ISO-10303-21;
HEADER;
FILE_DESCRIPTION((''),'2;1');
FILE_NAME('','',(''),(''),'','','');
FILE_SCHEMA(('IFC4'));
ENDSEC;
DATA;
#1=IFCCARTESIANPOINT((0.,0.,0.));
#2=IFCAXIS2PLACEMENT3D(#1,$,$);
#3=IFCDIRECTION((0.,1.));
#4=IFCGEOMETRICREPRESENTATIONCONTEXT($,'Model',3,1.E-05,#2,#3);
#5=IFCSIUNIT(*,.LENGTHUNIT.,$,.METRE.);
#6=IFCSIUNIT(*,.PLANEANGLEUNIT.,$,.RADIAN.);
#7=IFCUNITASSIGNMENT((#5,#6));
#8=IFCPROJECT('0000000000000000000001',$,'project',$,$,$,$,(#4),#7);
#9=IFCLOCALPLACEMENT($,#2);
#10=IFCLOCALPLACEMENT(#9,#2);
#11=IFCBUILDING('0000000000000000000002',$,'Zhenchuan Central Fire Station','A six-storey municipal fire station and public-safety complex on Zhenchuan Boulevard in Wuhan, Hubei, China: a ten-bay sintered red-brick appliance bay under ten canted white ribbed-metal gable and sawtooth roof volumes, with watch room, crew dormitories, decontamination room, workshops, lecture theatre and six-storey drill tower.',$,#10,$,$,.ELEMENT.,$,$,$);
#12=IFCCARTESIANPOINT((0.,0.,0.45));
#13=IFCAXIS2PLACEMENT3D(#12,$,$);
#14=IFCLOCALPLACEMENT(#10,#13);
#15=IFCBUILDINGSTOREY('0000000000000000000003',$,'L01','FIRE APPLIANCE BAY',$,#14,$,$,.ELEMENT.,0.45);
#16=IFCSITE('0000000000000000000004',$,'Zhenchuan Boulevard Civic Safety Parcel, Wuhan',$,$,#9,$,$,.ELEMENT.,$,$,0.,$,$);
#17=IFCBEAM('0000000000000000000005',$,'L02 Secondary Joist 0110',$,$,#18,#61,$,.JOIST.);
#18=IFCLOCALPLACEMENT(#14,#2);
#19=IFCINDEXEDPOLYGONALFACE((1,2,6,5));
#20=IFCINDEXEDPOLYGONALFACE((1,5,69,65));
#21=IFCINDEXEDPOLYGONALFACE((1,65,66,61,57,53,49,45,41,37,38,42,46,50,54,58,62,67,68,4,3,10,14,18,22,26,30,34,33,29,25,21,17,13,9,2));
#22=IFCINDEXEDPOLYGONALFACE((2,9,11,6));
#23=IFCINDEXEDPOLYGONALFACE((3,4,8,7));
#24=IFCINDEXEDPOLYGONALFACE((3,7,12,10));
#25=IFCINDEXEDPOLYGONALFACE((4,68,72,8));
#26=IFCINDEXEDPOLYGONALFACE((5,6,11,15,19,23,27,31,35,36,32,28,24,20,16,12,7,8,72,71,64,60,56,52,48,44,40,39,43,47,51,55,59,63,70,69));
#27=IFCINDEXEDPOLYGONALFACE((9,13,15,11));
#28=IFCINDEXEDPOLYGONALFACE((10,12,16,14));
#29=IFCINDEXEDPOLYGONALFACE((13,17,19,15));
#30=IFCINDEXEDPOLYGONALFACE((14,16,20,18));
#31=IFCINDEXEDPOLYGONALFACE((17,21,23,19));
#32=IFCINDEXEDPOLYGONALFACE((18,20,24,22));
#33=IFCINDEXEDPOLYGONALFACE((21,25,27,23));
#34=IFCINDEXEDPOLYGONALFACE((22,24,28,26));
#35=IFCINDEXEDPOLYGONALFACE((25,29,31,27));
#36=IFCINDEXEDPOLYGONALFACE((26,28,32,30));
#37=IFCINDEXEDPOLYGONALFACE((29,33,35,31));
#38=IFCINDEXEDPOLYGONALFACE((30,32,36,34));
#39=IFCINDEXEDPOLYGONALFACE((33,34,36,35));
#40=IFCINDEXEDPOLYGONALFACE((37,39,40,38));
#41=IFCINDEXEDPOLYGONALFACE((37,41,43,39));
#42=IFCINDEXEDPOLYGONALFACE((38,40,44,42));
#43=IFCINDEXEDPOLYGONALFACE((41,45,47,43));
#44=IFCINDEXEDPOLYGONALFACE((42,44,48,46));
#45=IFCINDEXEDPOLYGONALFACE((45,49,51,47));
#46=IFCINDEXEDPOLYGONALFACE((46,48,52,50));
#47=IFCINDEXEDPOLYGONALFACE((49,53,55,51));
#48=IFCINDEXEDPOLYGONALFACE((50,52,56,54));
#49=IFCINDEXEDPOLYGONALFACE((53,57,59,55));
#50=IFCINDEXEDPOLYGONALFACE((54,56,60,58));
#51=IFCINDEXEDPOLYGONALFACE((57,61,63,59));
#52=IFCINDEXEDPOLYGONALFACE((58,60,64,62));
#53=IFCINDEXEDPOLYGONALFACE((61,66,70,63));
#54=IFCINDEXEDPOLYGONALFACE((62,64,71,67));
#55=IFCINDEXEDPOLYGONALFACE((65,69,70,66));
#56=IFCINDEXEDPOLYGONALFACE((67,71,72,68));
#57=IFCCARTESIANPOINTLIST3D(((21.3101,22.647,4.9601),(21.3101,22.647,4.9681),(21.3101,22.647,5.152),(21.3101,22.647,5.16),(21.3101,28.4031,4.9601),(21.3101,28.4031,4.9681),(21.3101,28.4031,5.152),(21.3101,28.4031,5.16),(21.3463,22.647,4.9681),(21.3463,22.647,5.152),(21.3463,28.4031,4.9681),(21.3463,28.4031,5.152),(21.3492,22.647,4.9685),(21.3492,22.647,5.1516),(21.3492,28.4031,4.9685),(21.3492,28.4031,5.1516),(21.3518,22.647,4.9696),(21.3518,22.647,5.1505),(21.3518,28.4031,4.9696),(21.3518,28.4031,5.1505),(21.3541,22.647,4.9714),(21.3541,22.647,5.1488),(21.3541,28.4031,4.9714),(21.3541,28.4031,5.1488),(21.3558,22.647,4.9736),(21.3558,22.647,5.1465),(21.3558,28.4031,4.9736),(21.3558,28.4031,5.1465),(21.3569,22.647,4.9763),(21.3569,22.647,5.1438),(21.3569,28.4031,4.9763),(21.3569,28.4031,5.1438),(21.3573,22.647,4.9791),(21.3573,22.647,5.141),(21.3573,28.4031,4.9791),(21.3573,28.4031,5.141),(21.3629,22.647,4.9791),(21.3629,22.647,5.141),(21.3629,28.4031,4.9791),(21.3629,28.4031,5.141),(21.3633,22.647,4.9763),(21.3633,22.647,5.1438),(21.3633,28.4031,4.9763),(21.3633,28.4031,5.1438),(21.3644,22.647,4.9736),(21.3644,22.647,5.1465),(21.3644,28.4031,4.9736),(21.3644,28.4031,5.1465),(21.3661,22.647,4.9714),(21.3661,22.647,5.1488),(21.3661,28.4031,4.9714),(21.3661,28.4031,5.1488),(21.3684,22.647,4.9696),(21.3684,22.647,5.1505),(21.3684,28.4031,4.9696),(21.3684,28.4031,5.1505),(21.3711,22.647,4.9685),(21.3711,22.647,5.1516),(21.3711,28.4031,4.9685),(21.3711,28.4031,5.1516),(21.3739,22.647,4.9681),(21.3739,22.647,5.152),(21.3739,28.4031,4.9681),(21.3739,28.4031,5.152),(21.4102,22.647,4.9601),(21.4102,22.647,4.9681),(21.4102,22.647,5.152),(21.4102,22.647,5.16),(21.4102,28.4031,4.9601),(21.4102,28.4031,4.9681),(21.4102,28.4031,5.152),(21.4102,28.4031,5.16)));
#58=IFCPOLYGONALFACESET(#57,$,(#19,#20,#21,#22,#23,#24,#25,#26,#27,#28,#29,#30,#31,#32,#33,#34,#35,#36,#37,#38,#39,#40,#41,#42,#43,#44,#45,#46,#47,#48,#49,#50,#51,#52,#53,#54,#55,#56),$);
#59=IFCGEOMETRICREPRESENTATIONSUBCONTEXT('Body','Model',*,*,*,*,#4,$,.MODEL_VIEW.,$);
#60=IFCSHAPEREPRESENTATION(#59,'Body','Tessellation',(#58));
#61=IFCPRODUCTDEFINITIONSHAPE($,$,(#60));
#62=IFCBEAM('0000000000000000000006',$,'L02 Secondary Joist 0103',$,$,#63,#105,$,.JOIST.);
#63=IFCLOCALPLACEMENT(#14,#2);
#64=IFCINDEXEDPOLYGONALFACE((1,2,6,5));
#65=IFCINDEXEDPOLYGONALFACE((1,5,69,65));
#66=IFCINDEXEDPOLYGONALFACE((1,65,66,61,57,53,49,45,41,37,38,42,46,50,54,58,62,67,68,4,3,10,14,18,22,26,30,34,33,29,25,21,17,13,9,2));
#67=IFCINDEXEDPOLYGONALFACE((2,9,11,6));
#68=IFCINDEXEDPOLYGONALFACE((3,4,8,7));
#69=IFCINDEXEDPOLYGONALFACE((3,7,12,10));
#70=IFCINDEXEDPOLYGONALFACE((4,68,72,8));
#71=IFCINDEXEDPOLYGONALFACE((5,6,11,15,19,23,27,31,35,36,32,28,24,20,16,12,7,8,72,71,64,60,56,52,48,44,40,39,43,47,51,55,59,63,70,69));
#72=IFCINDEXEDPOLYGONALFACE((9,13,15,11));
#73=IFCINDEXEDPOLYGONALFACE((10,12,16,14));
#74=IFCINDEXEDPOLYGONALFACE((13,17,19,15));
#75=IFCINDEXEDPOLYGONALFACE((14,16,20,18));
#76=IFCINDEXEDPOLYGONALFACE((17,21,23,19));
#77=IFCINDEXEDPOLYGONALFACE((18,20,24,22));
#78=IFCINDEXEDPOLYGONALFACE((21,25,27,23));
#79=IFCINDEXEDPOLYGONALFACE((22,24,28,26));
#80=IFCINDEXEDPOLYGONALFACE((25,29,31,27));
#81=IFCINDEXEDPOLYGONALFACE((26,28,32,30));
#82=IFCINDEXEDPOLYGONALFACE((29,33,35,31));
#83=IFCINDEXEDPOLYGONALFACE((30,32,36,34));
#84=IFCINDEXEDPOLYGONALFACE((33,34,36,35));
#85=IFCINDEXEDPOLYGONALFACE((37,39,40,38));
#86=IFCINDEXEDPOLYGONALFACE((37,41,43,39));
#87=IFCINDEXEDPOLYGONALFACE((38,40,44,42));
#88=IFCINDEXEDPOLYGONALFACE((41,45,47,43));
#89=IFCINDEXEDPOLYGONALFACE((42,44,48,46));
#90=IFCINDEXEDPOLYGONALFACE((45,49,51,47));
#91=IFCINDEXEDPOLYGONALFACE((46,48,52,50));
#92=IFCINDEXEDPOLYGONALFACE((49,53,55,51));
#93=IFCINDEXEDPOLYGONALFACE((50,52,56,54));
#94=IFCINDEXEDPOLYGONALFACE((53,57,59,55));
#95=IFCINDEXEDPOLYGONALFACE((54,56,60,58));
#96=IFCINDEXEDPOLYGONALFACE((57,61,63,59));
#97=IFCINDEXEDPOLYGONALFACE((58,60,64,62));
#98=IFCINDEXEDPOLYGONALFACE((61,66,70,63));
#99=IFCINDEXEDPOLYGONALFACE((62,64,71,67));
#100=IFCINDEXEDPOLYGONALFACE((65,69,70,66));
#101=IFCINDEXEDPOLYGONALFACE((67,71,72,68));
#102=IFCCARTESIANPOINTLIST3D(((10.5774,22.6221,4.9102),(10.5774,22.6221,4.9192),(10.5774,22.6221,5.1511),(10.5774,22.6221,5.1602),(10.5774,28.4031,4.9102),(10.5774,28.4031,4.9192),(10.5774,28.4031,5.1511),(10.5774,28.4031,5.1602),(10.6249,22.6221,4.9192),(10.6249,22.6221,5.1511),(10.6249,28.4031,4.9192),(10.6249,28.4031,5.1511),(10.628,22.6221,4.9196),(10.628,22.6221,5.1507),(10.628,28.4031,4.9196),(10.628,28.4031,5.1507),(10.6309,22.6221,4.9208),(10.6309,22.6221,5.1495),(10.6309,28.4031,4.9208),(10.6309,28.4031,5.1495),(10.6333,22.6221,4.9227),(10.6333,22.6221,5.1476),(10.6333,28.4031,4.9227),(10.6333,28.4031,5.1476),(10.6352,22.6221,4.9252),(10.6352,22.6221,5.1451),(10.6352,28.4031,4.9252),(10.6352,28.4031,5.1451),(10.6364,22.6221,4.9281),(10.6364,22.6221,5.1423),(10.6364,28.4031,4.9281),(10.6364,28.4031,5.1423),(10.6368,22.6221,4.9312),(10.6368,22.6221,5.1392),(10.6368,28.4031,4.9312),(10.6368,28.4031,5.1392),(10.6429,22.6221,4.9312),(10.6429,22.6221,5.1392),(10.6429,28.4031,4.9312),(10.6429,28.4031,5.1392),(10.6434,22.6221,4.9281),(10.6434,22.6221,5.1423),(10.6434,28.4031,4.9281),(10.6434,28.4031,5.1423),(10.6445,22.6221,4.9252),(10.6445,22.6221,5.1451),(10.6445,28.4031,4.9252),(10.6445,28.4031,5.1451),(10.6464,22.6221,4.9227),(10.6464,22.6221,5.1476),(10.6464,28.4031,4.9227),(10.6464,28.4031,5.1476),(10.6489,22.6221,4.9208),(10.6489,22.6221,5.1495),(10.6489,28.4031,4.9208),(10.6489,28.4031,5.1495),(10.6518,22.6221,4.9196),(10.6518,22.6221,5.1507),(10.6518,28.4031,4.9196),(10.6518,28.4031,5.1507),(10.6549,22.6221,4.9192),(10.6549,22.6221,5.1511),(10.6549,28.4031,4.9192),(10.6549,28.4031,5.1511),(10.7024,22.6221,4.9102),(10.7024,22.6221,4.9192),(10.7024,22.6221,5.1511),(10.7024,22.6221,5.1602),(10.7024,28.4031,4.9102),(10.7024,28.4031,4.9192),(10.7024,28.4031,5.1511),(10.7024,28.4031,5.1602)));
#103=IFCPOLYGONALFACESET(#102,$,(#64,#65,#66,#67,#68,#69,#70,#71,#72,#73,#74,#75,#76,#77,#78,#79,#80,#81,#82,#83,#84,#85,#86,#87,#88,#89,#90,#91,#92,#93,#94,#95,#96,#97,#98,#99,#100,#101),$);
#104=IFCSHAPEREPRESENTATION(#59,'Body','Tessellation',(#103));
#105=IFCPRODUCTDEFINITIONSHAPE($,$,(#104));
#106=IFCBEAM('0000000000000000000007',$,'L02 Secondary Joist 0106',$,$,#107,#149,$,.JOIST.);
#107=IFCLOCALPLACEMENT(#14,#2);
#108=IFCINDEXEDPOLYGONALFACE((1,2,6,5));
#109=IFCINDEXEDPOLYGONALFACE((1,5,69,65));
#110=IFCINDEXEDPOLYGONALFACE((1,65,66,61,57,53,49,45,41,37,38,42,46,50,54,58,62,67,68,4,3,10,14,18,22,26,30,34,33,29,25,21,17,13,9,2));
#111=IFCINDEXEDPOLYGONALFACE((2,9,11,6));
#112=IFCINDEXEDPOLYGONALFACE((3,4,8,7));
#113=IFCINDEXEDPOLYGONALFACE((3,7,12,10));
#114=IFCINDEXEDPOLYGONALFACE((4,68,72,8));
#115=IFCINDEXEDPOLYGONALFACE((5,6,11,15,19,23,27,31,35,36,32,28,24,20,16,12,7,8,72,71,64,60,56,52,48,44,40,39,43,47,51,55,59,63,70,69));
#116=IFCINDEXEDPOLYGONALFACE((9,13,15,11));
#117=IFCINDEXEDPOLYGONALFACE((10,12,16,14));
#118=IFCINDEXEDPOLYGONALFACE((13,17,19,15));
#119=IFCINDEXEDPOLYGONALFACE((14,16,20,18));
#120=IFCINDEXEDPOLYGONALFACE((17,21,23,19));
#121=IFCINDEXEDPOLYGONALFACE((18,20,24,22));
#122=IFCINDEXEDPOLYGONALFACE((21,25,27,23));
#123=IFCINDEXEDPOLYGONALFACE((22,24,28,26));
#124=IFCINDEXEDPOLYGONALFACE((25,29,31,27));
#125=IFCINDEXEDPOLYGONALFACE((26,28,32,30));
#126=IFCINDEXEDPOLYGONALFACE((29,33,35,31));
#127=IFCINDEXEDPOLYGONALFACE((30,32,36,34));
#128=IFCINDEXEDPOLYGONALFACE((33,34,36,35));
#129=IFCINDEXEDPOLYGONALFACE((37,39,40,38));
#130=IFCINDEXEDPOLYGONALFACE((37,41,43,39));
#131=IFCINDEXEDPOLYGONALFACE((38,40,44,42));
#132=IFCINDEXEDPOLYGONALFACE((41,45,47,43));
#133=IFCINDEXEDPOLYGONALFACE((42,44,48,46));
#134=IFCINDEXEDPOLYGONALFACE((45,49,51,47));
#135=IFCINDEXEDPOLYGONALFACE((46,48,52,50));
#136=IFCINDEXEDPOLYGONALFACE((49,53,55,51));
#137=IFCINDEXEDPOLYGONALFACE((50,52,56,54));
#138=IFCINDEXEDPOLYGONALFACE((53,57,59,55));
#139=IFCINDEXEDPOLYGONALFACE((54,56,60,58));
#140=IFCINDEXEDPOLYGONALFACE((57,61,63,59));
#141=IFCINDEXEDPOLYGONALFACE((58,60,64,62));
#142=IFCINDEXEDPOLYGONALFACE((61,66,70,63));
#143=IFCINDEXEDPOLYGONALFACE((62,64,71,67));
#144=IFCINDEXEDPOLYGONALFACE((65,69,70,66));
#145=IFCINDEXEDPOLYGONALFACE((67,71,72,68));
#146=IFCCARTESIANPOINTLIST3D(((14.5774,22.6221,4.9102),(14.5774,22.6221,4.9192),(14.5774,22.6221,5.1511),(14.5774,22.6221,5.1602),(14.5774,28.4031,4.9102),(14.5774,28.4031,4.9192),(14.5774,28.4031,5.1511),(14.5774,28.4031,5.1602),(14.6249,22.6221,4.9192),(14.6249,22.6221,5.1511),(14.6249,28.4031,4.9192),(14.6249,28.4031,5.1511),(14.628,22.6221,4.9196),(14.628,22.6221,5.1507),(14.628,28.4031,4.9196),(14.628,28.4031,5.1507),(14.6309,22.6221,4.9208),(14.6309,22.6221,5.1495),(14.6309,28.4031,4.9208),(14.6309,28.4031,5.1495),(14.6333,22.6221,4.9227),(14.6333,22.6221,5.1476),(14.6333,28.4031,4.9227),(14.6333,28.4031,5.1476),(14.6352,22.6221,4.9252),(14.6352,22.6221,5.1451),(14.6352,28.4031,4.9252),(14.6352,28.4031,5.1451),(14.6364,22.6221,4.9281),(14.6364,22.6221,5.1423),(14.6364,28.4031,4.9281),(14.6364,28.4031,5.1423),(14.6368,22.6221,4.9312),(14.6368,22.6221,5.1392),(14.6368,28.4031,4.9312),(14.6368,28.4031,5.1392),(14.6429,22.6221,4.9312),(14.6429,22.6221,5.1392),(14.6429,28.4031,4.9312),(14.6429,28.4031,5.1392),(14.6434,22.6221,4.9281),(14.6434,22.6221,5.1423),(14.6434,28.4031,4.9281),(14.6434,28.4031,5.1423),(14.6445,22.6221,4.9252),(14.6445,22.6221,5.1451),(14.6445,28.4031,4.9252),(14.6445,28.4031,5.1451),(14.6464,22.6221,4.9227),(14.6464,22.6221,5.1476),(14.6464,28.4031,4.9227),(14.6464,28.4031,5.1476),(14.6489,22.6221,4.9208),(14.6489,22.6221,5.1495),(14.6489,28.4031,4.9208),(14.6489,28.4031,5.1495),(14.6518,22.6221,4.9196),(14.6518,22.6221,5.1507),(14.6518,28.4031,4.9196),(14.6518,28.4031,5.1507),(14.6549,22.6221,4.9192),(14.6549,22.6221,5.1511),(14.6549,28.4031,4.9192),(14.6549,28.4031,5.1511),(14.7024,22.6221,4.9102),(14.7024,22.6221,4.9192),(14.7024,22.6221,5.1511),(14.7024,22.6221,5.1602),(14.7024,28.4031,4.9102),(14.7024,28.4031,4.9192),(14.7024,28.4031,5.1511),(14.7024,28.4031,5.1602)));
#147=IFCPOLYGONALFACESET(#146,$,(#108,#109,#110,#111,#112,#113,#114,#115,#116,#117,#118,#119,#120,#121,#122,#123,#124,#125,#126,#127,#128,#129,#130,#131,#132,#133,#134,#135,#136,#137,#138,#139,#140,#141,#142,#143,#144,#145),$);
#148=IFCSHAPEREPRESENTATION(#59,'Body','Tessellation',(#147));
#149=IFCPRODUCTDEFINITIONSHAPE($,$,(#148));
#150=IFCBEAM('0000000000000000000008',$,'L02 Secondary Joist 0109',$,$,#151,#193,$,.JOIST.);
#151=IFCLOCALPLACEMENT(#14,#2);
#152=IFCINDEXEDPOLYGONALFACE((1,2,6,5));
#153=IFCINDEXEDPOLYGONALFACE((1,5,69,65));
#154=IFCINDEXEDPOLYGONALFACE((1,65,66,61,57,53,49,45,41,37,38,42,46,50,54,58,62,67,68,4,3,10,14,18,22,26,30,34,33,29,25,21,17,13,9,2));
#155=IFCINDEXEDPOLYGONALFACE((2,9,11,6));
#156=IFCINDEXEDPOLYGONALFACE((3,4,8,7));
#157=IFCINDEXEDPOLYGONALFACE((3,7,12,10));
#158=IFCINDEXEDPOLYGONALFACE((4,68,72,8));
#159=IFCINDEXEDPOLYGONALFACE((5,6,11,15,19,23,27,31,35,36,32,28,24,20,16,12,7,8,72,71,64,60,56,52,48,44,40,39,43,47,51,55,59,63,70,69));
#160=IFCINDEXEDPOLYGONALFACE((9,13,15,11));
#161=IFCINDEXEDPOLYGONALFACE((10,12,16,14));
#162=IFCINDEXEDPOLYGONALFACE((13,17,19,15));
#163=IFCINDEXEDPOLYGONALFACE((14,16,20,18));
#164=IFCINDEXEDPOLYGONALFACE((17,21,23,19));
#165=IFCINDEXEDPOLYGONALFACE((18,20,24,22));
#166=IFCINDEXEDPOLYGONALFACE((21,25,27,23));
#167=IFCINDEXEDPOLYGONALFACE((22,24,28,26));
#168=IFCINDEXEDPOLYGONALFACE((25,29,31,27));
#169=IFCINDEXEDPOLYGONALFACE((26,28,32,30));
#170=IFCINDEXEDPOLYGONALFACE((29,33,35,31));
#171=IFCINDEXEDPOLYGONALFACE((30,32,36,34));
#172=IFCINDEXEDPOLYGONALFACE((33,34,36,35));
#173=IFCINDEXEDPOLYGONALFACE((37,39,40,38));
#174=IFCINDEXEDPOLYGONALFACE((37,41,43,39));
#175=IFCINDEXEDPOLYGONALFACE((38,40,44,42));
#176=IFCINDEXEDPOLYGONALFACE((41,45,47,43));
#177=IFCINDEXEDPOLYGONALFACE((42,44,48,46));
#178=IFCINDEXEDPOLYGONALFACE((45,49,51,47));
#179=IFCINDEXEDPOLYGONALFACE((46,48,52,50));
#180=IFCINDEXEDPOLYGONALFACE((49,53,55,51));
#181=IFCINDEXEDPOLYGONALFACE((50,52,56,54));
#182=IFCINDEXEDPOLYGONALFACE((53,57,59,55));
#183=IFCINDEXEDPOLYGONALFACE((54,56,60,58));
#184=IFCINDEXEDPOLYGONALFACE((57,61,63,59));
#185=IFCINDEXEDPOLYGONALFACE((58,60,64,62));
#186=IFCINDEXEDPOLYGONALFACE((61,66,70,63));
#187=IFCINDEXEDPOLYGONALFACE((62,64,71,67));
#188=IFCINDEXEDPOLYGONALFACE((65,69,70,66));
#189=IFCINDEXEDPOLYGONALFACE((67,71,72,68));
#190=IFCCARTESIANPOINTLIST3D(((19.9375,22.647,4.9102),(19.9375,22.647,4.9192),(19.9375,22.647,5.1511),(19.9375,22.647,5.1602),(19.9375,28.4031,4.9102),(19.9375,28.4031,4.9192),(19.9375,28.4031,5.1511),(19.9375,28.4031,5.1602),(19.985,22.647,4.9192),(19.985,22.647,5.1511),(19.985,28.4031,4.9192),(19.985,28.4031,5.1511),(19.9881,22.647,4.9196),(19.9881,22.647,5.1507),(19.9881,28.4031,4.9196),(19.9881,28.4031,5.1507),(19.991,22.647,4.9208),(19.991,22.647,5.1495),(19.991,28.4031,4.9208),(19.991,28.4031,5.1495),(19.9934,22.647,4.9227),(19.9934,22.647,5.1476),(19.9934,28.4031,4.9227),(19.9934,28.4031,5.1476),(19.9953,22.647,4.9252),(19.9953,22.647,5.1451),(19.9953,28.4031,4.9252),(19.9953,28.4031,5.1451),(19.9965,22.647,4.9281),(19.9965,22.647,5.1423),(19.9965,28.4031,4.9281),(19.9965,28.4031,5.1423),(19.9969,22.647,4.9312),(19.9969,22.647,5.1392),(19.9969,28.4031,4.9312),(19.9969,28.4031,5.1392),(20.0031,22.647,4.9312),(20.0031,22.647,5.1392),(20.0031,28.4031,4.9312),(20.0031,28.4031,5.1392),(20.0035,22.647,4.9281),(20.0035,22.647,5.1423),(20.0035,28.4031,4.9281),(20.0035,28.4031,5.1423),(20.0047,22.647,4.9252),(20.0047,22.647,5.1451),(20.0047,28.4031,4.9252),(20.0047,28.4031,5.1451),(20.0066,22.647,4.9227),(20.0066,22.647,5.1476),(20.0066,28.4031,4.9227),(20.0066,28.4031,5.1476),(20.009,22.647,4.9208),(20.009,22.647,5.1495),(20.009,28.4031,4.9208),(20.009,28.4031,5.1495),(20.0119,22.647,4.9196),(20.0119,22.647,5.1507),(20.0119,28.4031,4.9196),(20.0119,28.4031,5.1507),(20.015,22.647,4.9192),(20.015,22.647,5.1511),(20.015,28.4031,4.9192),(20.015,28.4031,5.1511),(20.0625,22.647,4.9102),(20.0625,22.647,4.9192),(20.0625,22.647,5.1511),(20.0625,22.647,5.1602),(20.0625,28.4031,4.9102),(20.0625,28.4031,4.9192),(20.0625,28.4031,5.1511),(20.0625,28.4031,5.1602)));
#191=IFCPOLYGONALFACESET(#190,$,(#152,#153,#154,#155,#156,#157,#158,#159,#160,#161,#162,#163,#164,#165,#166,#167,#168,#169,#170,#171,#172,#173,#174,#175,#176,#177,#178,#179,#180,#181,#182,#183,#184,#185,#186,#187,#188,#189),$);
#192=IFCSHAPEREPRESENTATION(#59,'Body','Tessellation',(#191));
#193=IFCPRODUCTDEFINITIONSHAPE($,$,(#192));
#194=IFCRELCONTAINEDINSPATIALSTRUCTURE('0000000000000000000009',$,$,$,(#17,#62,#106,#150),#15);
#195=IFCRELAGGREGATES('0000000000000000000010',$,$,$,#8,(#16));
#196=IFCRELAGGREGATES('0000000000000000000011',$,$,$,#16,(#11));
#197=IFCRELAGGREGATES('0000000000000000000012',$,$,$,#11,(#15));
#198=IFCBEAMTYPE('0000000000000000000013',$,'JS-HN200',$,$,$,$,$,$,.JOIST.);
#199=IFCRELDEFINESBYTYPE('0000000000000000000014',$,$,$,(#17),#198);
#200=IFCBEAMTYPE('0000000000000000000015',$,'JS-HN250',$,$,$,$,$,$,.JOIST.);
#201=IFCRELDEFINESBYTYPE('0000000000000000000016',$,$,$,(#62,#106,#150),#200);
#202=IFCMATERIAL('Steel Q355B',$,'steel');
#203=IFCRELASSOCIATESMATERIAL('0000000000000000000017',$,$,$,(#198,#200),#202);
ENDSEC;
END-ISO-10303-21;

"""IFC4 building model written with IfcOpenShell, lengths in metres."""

from ifc_helpers import new_model, si_unit, direction, frame, origin, origin_2d, place, context, subcontext, project, spatial, i_section, extrude, material, material_profile, profile_set, type_object, element, save


model = new_model("IFC4")

# Units and contexts
model_context = context("Model", 3, precision=1e-05, world=origin(), true_north=direction((0.0, 1.0)))
body_context = subcontext(model_context, "Body", "Model", "MODEL_VIEW")
ifc_project = project(units=[si_unit("LENGTHUNIT", "METRE"), si_unit("PLANEANGLEUNIT", "RADIAN")], contexts=[model_context])

# Site, building, storey
site_placement = place(None, origin())
site = spatial("IfcSite", under=ifc_project, at=site_placement, Name="Zhenchuan Boulevard Civic Safety Parcel, Wuhan", CompositionType="ELEMENT", RefElevation=0.0)
building_placement = place(site_placement, origin())
building = spatial("IfcBuilding", under=site, at=building_placement, Name="Zhenchuan Central Fire Station", Description="A six-storey municipal fire station and public-safety complex on Zhenchuan Boulevard in Wuhan, Hubei, China: a ten-bay sintered red-brick appliance bay under ten canted white ribbed-metal gable and sawtooth roof volumes, with watch room, crew dormitories, decontamination room, workshops, lecture theatre and six-storey drill tower.", CompositionType="ELEMENT")
storey_placement = place(building_placement, frame((0.0, 0.0, 0.45)))
storey = spatial("IfcBuildingStorey", under=building, at=storey_placement, Name="L01", Description="FIRE APPLIANCE BAY", CompositionType="ELEMENT", Elevation=0.45)

# Shared definitions
ifc_material_1 = material(Name="Steel Q355B", Category="steel")

# Beams
ifc_material_profile_1 = material_profile(ifc_material_1, i_section(OverallWidth=0.1001, OverallDepth=0.2, WebThickness=0.0056, FlangeThickness=0.0081, FilletRadius=0.011, at=origin_2d()), Name="HN 200x100")
ifc_profile_set_1 = profile_set([ifc_material_profile_1], Name="Steel Q355B")
beam_type_1 = type_object("IfcBeamType", Name="JS-HN200", PredefinedType="JOIST", material=ifc_profile_set_1)
beam_1_placement = place(storey_placement, frame((21.3601, 22.647, 5.0601), z_axis=(0.0, 1.0, 0.0), x_axis=(-1.0, 0.0, 0.0)))
element("IfcBeam", 1, at=beam_1_placement, inside=storey, type_object=beam_type_1, Name="L02 Secondary Joist 0110", PredefinedType="JOIST", context=body_context, shape_type="SweptSolid", body=[
    extrude(i_section(OverallWidth=0.1001, OverallDepth=0.2, WebThickness=0.0056, FlangeThickness=0.0081, FilletRadius=0.011, at=origin_2d()), origin(), (0.0, 0.0, 1.0), 5.7561),
])
ifc_material_profile_2 = material_profile(ifc_material_1, i_section(OverallWidth=0.125, OverallDepth=0.25, WebThickness=0.0061, FlangeThickness=0.009, FilletRadius=0.012, at=origin_2d()), Name="HN 250x125")
ifc_profile_set_2 = profile_set([ifc_material_profile_2], Name="Steel Q355B")
beam_type_2 = type_object("IfcBeamType", Name="JS-HN250", PredefinedType="JOIST", material=ifc_profile_set_2)
for number, where, z_axis, x_axis, name in (
    (2, (10.6399, 22.6221, 5.0352), (0.0, 1.0, 0.0), (-1.0, 0.0, 0.0), "L02 Secondary Joist 0103"),
    (3, (14.6399, 22.6221, 5.0352), (0.0, 1.0, 0.0), (-1.0, 0.0, 0.0), "L02 Secondary Joist 0106"),
):
    element("IfcBeam", number, at=place(storey_placement, frame(where, z_axis=z_axis, x_axis=x_axis)), inside=storey, type_object=beam_type_2, Name=name, PredefinedType="JOIST", context=body_context, shape_type="SweptSolid", body=[
        extrude(i_section(OverallWidth=0.125, OverallDepth=0.25, WebThickness=0.0061, FlangeThickness=0.009, FilletRadius=0.012, at=origin_2d()), origin(), (0.0, 0.0, 1.0), 5.781),
    ])
beam_2_placement = place(storey_placement, frame((20.0, 22.647, 5.0352), z_axis=(0.0, 1.0, 0.0), x_axis=(-1.0, 0.0, 0.0)))
element("IfcBeam", 4, at=beam_2_placement, inside=storey, type_object=beam_type_2, Name="L02 Secondary Joist 0109", PredefinedType="JOIST", context=body_context, shape_type="SweptSolid", body=[
    extrude(i_section(OverallWidth=0.125, OverallDepth=0.25, WebThickness=0.0061, FlangeThickness=0.009, FilletRadius=0.012, at=origin_2d()), origin(), (0.0, 0.0, 1.0), 5.7561),
])

save(model, "model.ifc")
